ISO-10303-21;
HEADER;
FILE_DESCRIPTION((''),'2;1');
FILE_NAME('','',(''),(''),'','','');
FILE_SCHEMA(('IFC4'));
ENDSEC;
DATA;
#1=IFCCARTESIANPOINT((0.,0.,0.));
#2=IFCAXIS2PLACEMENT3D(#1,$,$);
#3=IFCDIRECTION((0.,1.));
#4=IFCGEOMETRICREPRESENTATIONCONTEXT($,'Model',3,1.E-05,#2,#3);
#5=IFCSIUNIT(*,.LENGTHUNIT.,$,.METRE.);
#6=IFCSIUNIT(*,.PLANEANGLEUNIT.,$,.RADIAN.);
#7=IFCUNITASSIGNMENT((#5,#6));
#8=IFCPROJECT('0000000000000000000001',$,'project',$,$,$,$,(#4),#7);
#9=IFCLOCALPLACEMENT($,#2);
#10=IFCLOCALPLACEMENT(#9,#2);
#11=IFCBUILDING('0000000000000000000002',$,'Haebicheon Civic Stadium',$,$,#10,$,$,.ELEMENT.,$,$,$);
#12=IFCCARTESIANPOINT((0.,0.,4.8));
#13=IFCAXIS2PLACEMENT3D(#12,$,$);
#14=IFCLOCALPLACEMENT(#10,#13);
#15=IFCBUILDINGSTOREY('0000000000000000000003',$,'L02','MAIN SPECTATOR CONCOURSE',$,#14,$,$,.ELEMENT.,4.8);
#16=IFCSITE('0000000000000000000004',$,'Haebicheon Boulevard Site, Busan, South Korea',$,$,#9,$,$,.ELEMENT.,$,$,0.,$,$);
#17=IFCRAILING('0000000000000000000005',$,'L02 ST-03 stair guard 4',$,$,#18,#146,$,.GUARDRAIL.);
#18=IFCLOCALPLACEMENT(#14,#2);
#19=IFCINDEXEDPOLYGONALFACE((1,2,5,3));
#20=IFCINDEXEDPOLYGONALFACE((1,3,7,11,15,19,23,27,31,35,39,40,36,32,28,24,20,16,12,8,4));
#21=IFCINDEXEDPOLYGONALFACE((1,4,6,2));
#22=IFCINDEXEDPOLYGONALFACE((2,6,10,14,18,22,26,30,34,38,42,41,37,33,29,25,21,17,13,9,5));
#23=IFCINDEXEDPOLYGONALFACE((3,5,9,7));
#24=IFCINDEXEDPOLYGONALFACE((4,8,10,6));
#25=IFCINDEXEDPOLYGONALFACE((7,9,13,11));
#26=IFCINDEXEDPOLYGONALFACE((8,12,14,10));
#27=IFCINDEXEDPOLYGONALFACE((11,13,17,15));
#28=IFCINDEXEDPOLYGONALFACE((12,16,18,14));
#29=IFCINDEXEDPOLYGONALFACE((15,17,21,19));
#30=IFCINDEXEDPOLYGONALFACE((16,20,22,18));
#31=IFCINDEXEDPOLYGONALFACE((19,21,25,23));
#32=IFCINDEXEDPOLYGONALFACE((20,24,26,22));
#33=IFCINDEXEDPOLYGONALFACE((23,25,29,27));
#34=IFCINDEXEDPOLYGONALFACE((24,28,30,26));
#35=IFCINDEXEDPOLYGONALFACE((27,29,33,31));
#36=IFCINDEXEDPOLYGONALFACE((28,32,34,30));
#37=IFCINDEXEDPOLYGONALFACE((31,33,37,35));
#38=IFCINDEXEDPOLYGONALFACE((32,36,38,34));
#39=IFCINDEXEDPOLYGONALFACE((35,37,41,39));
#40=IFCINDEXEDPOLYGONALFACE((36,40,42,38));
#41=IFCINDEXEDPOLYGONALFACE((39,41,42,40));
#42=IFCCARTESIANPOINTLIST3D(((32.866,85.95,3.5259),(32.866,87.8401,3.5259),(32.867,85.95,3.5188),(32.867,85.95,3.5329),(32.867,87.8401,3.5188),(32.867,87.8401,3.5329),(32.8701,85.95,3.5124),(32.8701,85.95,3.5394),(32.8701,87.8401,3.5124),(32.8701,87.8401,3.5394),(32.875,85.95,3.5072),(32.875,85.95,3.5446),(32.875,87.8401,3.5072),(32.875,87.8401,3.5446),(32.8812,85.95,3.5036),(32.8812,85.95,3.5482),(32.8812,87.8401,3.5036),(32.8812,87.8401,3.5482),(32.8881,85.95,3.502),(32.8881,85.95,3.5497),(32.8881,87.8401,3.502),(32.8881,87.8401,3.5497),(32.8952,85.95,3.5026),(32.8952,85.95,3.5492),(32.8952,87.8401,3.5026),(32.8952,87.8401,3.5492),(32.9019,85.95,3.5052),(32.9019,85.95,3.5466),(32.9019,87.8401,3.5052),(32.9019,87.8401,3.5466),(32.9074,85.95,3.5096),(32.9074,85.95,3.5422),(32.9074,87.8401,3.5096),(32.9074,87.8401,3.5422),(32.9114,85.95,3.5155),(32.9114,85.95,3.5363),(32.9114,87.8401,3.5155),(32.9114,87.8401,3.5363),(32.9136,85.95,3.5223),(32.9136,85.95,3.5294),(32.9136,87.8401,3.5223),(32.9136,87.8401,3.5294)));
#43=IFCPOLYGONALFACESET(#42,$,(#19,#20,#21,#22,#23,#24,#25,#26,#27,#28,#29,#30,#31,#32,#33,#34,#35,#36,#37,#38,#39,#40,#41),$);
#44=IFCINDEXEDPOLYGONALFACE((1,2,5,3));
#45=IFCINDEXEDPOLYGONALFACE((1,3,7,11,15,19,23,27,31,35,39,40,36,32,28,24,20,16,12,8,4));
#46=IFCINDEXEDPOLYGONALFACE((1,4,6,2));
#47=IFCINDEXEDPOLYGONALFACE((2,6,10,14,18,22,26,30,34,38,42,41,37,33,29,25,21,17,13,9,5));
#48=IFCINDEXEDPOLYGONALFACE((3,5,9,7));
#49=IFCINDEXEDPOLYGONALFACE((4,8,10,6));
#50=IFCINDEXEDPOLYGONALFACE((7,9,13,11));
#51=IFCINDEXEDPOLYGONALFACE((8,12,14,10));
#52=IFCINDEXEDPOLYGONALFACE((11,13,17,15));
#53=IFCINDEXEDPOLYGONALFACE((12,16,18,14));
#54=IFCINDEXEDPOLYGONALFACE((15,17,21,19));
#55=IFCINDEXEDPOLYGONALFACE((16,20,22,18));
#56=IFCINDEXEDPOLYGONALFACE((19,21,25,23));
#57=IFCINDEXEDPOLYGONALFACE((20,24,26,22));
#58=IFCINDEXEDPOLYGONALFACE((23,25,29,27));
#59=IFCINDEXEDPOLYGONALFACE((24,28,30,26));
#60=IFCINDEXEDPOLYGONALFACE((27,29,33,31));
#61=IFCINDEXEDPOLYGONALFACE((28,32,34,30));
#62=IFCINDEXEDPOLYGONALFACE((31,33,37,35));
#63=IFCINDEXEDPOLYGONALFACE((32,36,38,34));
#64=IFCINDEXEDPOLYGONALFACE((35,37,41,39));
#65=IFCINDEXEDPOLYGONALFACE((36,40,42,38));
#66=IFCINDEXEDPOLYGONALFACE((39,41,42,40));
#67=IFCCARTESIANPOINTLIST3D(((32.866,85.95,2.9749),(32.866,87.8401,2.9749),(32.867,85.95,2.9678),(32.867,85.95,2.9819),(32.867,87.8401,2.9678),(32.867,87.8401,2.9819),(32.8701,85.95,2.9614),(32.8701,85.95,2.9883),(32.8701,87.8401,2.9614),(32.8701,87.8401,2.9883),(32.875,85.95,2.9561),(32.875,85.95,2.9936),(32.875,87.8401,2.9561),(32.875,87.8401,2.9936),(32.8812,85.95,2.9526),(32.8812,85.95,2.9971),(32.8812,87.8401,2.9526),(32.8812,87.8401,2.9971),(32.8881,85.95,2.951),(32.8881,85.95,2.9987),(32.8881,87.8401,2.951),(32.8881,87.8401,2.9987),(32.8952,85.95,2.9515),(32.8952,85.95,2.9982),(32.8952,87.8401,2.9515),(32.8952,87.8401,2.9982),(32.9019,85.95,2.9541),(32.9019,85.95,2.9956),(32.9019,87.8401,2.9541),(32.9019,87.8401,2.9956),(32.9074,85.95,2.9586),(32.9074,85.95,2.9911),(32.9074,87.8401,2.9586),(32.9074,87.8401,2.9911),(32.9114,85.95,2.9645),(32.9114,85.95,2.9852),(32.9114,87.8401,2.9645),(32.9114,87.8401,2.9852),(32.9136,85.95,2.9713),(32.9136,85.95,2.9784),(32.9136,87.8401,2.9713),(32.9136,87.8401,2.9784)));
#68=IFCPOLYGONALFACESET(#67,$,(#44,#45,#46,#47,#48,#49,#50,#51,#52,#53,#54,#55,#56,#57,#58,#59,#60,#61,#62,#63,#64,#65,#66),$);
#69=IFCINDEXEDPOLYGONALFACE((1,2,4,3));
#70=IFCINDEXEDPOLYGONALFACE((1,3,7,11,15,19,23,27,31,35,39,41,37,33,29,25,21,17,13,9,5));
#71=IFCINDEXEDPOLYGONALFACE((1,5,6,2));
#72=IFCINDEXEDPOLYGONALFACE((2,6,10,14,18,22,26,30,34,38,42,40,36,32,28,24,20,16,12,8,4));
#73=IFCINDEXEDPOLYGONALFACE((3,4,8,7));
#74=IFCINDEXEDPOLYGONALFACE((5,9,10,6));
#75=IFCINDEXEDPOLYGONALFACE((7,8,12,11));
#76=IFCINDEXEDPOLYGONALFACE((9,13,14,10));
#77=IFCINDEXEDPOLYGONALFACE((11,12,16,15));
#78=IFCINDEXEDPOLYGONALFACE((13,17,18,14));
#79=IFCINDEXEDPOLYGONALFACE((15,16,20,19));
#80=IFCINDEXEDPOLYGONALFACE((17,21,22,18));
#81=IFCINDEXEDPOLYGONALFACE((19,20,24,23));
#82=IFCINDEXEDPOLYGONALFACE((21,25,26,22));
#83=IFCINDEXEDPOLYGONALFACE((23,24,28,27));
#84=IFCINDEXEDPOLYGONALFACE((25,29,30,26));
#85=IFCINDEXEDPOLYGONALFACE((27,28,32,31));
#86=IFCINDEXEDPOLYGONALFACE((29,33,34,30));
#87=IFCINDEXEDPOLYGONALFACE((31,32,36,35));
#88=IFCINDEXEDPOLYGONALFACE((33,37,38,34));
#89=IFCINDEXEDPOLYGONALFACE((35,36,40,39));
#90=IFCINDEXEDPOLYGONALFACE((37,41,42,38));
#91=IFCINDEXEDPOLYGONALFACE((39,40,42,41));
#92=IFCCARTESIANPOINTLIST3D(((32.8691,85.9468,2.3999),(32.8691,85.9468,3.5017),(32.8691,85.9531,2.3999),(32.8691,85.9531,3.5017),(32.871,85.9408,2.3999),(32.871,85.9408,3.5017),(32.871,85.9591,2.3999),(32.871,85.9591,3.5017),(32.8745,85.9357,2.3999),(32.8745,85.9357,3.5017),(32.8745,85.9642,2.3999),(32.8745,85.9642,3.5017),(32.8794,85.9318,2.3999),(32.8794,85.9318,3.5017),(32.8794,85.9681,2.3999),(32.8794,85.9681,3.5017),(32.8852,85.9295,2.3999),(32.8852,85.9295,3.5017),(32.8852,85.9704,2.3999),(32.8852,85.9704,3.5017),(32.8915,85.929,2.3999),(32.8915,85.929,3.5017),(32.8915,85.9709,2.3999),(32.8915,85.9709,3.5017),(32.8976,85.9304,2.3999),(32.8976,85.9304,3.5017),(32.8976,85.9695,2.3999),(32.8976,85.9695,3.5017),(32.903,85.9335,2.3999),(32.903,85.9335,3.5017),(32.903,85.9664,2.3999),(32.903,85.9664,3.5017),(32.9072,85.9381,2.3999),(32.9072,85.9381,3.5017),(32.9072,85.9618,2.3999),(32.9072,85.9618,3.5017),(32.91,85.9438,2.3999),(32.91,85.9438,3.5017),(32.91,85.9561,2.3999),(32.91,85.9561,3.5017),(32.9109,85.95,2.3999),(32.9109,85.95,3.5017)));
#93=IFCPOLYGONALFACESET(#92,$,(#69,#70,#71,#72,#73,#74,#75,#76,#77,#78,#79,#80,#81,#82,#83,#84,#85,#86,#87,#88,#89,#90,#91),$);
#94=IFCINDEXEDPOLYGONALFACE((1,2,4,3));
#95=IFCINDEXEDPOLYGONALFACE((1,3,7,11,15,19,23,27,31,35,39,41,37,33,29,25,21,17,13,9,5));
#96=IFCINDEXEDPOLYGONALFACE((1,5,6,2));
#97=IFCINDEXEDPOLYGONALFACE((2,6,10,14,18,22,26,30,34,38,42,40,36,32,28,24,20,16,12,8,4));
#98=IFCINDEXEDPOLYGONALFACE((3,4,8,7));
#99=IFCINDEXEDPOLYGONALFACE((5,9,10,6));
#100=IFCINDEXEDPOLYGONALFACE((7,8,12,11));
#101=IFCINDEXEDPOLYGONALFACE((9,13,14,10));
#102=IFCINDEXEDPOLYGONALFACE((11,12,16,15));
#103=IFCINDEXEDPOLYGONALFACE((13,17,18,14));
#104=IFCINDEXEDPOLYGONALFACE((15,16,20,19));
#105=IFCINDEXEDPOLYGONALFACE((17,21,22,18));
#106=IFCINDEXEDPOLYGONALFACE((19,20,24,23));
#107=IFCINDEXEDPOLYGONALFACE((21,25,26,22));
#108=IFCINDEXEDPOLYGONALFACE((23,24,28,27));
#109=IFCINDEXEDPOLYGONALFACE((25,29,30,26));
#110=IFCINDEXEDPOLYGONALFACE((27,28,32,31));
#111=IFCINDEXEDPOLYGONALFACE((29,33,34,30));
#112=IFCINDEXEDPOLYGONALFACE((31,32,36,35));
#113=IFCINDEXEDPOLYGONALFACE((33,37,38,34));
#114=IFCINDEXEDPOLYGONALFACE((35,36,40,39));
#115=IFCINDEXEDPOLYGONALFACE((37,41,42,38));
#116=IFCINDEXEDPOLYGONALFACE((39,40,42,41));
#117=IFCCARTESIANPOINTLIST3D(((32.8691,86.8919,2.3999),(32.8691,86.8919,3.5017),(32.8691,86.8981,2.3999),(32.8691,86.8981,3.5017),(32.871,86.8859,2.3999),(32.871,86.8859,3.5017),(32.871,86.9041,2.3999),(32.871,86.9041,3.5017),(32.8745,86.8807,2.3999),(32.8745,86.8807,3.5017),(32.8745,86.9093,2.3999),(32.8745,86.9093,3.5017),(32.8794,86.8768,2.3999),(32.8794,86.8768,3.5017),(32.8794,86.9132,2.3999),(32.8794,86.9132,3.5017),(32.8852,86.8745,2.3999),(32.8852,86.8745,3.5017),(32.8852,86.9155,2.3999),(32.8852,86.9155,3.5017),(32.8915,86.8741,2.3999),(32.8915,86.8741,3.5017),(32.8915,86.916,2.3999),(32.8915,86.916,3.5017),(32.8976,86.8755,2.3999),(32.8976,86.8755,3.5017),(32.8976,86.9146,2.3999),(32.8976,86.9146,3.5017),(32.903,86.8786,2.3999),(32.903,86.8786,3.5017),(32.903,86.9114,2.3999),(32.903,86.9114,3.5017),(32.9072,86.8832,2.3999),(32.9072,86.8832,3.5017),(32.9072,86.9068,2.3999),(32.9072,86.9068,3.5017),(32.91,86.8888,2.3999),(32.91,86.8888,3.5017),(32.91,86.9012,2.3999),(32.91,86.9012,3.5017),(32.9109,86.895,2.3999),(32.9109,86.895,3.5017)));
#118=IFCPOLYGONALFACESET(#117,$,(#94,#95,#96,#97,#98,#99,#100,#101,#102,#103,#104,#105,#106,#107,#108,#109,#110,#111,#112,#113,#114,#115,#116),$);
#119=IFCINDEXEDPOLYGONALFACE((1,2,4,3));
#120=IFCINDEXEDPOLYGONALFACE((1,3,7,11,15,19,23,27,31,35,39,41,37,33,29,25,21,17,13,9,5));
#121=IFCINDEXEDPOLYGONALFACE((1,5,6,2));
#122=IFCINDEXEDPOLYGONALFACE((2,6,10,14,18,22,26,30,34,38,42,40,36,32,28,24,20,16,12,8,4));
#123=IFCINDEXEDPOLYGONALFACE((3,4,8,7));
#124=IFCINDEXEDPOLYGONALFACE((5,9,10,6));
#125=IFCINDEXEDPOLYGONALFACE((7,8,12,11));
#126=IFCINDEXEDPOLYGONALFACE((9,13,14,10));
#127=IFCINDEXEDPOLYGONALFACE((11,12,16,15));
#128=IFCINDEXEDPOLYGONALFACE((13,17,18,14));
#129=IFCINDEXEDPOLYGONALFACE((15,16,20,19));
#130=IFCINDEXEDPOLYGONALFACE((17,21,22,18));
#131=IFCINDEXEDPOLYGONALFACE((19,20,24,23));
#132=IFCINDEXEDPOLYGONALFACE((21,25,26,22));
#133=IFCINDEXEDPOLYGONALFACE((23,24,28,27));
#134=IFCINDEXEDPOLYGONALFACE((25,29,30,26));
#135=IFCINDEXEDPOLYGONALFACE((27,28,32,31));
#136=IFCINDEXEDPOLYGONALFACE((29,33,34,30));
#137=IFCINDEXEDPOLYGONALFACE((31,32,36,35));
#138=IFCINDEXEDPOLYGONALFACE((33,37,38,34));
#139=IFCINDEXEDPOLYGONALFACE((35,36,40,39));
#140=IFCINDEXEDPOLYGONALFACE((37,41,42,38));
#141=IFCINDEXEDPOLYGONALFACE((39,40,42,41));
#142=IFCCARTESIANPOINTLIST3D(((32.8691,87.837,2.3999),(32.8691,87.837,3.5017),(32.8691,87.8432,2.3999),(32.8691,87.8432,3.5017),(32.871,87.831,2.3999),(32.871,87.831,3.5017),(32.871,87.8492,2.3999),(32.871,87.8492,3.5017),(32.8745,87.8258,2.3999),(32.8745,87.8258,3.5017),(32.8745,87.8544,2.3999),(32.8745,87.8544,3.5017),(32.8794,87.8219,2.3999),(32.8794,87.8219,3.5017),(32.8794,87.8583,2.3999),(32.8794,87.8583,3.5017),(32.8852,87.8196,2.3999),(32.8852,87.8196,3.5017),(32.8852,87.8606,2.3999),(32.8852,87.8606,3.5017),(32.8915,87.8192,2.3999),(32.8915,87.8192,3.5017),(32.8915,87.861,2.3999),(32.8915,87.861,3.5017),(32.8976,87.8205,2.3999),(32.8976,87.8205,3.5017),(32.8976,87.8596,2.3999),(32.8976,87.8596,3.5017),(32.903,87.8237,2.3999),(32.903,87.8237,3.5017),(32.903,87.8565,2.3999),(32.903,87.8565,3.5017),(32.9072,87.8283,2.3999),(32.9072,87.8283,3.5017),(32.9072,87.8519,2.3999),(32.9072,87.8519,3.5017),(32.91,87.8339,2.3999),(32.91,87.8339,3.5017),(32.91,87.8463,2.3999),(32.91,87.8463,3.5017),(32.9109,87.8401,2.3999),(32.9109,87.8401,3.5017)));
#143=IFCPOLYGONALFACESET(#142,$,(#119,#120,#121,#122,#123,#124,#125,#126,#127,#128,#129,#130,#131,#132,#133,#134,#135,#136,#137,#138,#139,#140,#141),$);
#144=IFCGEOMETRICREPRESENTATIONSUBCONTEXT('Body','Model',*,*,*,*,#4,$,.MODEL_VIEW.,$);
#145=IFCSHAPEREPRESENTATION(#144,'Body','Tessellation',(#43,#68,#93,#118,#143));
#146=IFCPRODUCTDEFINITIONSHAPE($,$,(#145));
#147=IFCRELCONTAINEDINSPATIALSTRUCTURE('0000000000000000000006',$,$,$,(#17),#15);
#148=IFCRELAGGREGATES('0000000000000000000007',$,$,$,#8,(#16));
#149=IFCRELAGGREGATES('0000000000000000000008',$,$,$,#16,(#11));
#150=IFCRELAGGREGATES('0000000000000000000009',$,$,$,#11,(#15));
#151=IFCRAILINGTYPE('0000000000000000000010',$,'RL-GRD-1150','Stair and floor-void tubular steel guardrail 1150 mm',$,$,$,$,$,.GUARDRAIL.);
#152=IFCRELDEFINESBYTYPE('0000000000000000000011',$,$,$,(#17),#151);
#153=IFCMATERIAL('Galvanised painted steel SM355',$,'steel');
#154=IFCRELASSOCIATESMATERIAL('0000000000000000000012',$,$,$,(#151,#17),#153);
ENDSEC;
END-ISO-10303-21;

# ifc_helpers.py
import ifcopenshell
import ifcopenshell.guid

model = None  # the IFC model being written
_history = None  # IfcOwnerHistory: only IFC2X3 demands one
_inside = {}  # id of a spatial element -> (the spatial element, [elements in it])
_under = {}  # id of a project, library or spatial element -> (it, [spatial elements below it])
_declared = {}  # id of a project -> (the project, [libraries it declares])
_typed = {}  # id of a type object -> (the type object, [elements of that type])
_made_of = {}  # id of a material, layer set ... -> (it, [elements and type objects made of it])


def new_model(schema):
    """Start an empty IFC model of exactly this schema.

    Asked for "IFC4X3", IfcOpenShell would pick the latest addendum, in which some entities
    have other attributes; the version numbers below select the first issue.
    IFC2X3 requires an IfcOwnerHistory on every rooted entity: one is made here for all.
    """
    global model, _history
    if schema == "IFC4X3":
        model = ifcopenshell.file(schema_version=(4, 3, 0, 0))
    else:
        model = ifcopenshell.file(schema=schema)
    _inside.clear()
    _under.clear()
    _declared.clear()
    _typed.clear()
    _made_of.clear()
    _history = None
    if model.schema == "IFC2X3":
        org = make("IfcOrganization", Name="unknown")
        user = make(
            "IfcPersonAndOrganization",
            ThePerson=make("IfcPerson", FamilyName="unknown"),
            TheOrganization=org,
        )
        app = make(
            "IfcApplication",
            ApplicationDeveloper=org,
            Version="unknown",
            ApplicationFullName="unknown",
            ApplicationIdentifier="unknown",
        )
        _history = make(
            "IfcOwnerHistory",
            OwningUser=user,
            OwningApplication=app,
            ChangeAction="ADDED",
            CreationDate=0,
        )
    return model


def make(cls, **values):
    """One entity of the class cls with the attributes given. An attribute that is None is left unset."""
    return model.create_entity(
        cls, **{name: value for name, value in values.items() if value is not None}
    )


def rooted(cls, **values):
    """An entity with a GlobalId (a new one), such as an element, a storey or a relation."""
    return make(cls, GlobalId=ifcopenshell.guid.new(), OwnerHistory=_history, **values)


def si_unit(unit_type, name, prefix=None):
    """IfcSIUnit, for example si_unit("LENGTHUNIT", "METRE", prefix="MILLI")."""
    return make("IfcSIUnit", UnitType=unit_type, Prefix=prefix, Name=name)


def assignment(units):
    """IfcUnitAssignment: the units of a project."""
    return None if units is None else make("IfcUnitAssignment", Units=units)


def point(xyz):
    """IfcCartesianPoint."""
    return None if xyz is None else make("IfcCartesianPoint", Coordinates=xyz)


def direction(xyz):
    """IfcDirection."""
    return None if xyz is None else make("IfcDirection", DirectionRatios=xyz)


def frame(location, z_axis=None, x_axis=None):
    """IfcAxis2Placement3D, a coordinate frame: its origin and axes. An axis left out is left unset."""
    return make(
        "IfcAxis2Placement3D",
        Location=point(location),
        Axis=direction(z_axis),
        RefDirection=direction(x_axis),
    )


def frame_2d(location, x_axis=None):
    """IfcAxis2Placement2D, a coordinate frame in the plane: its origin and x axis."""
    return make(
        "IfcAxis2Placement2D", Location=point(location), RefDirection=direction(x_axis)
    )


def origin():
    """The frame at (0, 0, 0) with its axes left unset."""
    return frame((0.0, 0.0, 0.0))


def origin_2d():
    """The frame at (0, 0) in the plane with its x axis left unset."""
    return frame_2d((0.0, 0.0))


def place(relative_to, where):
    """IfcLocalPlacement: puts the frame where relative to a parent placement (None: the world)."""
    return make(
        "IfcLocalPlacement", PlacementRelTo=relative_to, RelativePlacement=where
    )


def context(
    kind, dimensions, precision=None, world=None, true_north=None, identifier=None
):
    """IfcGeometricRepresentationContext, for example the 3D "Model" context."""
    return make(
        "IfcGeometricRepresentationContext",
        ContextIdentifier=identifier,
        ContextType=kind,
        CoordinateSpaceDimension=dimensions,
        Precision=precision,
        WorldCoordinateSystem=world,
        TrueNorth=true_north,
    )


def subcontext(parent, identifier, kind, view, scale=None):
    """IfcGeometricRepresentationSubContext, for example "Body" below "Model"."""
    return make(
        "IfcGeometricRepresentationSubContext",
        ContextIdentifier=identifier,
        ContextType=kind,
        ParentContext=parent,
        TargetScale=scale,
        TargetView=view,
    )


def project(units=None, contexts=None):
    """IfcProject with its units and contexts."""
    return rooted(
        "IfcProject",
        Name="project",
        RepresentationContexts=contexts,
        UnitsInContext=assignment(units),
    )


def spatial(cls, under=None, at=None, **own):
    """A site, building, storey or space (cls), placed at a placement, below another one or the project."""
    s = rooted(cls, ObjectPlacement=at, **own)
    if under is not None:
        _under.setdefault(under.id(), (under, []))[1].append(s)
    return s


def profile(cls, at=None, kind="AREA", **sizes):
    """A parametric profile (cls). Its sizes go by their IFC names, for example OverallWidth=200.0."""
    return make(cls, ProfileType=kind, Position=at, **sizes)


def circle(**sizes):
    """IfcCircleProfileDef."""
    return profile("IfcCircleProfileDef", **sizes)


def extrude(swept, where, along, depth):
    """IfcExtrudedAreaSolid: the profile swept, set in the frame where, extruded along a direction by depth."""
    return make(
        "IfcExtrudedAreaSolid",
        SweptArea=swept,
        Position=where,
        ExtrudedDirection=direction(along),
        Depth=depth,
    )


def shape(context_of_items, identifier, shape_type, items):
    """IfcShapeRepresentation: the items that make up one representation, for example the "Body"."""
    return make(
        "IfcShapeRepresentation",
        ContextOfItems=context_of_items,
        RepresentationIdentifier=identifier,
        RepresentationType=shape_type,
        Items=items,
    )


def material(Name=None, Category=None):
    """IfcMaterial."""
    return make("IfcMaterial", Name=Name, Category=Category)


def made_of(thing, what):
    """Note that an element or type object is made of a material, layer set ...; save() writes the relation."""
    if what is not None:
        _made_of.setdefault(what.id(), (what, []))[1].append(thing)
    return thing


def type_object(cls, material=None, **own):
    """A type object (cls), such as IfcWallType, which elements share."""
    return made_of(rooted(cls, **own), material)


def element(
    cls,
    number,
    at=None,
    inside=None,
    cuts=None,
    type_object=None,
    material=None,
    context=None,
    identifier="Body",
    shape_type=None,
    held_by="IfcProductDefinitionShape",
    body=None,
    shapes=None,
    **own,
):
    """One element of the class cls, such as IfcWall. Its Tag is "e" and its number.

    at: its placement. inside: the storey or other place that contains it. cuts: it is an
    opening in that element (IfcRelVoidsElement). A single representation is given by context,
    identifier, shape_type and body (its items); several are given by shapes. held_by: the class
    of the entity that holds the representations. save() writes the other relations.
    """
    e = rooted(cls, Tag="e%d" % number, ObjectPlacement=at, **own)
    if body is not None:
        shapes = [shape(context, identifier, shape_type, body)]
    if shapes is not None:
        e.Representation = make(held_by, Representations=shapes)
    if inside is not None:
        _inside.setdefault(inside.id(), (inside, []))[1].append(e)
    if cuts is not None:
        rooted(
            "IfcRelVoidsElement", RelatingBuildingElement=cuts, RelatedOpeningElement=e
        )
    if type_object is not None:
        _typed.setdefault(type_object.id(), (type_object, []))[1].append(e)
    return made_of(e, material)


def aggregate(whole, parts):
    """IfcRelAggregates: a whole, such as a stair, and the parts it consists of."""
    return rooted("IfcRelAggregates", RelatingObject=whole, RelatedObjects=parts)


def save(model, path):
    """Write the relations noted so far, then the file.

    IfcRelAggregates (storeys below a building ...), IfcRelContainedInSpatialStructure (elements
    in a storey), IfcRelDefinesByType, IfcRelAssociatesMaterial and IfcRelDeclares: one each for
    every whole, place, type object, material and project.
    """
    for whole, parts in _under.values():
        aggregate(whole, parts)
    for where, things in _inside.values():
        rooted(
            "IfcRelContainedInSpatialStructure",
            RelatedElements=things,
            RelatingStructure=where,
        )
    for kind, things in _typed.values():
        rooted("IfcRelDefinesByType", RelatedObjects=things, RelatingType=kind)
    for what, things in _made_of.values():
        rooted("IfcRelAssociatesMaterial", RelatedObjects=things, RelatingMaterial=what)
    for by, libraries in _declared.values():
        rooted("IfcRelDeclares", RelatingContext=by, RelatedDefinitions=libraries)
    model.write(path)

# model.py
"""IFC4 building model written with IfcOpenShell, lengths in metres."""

from ifc_helpers import new_model, si_unit, direction, frame, origin, origin_2d, place, context, subcontext, project, spatial, circle, extrude, material, type_object, element, save


model = new_model("IFC4")

# Units and contexts
model_context = context("Model", 3, precision=1e-05, world=origin(), true_north=direction((0.0, 1.0)))
body_context = subcontext(model_context, "Body", "Model", "MODEL_VIEW")
ifc_project = project(units=[si_unit("LENGTHUNIT", "METRE"), si_unit("PLANEANGLEUNIT", "RADIAN")], contexts=[model_context])

# Site, building, storey
site_placement = place(None, origin())
site = spatial("IfcSite", under=ifc_project, at=site_placement, Name="Haebicheon Boulevard Site, Busan, South Korea", CompositionType="ELEMENT", RefElevation=0.0)
building_placement = place(site_placement, origin())
building = spatial("IfcBuilding", under=site, at=building_placement, Name="Haebicheon Civic Stadium", CompositionType="ELEMENT")
storey_placement = place(building_placement, frame((0.0, 0.0, 4.8)))
storey = spatial("IfcBuildingStorey", under=building, at=storey_placement, Name="L02", Description="MAIN SPECTATOR CONCOURSE", CompositionType="ELEMENT", Elevation=4.8)

# Railing
ifc_material_1 = material(Name="Galvanised painted steel SM355", Category="steel")
railing_type_1 = type_object("IfcRailingType", Name="RL-GRD-1150", Description="Stair and floor-void tubular steel guardrail 1150 mm", PredefinedType="GUARDRAIL", material=ifc_material_1)
for number, where, name in (
    (1, (32.8899, 85.95, 2.3999), "L02 ST-03 stair guard 4"),
):
    element("IfcRailing", number, at=place(storey_placement, frame(where)), inside=storey, type_object=railing_type_1, material=ifc_material_1, Name=name, PredefinedType="GUARDRAIL", context=body_context, shape_type="SweptSolid", body=[
        extrude(circle(Radius=0.0239, at=origin_2d()), frame((0.0, 0.0, 1.126), z_axis=(0.0, 1.0, 0.0), x_axis=(-1.0, 0.0, 0.0)), (0.0, 0.0, 1.0), 1.8901),
        extrude(circle(Radius=0.0239, at=origin_2d()), frame((0.0, 0.0, 0.575), z_axis=(0.0, 1.0, 0.0), x_axis=(-1.0, 0.0, 0.0)), (0.0, 0.0, 1.0), 1.8901),
        extrude(circle(Radius=0.021, at=origin_2d()), origin(), (0.0, 0.0, 1.0), 1.1018),
        extrude(circle(Radius=0.021, at=origin_2d()), frame((0.0, 0.9451, 0.0)), (0.0, 0.0, 1.0), 1.1018),
        extrude(circle(Radius=0.021, at=origin_2d()), frame((0.0, 1.8901, 0.0)), (0.0, 0.0, 1.0), 1.1018),
    ])

save(model, "model.ifc")
